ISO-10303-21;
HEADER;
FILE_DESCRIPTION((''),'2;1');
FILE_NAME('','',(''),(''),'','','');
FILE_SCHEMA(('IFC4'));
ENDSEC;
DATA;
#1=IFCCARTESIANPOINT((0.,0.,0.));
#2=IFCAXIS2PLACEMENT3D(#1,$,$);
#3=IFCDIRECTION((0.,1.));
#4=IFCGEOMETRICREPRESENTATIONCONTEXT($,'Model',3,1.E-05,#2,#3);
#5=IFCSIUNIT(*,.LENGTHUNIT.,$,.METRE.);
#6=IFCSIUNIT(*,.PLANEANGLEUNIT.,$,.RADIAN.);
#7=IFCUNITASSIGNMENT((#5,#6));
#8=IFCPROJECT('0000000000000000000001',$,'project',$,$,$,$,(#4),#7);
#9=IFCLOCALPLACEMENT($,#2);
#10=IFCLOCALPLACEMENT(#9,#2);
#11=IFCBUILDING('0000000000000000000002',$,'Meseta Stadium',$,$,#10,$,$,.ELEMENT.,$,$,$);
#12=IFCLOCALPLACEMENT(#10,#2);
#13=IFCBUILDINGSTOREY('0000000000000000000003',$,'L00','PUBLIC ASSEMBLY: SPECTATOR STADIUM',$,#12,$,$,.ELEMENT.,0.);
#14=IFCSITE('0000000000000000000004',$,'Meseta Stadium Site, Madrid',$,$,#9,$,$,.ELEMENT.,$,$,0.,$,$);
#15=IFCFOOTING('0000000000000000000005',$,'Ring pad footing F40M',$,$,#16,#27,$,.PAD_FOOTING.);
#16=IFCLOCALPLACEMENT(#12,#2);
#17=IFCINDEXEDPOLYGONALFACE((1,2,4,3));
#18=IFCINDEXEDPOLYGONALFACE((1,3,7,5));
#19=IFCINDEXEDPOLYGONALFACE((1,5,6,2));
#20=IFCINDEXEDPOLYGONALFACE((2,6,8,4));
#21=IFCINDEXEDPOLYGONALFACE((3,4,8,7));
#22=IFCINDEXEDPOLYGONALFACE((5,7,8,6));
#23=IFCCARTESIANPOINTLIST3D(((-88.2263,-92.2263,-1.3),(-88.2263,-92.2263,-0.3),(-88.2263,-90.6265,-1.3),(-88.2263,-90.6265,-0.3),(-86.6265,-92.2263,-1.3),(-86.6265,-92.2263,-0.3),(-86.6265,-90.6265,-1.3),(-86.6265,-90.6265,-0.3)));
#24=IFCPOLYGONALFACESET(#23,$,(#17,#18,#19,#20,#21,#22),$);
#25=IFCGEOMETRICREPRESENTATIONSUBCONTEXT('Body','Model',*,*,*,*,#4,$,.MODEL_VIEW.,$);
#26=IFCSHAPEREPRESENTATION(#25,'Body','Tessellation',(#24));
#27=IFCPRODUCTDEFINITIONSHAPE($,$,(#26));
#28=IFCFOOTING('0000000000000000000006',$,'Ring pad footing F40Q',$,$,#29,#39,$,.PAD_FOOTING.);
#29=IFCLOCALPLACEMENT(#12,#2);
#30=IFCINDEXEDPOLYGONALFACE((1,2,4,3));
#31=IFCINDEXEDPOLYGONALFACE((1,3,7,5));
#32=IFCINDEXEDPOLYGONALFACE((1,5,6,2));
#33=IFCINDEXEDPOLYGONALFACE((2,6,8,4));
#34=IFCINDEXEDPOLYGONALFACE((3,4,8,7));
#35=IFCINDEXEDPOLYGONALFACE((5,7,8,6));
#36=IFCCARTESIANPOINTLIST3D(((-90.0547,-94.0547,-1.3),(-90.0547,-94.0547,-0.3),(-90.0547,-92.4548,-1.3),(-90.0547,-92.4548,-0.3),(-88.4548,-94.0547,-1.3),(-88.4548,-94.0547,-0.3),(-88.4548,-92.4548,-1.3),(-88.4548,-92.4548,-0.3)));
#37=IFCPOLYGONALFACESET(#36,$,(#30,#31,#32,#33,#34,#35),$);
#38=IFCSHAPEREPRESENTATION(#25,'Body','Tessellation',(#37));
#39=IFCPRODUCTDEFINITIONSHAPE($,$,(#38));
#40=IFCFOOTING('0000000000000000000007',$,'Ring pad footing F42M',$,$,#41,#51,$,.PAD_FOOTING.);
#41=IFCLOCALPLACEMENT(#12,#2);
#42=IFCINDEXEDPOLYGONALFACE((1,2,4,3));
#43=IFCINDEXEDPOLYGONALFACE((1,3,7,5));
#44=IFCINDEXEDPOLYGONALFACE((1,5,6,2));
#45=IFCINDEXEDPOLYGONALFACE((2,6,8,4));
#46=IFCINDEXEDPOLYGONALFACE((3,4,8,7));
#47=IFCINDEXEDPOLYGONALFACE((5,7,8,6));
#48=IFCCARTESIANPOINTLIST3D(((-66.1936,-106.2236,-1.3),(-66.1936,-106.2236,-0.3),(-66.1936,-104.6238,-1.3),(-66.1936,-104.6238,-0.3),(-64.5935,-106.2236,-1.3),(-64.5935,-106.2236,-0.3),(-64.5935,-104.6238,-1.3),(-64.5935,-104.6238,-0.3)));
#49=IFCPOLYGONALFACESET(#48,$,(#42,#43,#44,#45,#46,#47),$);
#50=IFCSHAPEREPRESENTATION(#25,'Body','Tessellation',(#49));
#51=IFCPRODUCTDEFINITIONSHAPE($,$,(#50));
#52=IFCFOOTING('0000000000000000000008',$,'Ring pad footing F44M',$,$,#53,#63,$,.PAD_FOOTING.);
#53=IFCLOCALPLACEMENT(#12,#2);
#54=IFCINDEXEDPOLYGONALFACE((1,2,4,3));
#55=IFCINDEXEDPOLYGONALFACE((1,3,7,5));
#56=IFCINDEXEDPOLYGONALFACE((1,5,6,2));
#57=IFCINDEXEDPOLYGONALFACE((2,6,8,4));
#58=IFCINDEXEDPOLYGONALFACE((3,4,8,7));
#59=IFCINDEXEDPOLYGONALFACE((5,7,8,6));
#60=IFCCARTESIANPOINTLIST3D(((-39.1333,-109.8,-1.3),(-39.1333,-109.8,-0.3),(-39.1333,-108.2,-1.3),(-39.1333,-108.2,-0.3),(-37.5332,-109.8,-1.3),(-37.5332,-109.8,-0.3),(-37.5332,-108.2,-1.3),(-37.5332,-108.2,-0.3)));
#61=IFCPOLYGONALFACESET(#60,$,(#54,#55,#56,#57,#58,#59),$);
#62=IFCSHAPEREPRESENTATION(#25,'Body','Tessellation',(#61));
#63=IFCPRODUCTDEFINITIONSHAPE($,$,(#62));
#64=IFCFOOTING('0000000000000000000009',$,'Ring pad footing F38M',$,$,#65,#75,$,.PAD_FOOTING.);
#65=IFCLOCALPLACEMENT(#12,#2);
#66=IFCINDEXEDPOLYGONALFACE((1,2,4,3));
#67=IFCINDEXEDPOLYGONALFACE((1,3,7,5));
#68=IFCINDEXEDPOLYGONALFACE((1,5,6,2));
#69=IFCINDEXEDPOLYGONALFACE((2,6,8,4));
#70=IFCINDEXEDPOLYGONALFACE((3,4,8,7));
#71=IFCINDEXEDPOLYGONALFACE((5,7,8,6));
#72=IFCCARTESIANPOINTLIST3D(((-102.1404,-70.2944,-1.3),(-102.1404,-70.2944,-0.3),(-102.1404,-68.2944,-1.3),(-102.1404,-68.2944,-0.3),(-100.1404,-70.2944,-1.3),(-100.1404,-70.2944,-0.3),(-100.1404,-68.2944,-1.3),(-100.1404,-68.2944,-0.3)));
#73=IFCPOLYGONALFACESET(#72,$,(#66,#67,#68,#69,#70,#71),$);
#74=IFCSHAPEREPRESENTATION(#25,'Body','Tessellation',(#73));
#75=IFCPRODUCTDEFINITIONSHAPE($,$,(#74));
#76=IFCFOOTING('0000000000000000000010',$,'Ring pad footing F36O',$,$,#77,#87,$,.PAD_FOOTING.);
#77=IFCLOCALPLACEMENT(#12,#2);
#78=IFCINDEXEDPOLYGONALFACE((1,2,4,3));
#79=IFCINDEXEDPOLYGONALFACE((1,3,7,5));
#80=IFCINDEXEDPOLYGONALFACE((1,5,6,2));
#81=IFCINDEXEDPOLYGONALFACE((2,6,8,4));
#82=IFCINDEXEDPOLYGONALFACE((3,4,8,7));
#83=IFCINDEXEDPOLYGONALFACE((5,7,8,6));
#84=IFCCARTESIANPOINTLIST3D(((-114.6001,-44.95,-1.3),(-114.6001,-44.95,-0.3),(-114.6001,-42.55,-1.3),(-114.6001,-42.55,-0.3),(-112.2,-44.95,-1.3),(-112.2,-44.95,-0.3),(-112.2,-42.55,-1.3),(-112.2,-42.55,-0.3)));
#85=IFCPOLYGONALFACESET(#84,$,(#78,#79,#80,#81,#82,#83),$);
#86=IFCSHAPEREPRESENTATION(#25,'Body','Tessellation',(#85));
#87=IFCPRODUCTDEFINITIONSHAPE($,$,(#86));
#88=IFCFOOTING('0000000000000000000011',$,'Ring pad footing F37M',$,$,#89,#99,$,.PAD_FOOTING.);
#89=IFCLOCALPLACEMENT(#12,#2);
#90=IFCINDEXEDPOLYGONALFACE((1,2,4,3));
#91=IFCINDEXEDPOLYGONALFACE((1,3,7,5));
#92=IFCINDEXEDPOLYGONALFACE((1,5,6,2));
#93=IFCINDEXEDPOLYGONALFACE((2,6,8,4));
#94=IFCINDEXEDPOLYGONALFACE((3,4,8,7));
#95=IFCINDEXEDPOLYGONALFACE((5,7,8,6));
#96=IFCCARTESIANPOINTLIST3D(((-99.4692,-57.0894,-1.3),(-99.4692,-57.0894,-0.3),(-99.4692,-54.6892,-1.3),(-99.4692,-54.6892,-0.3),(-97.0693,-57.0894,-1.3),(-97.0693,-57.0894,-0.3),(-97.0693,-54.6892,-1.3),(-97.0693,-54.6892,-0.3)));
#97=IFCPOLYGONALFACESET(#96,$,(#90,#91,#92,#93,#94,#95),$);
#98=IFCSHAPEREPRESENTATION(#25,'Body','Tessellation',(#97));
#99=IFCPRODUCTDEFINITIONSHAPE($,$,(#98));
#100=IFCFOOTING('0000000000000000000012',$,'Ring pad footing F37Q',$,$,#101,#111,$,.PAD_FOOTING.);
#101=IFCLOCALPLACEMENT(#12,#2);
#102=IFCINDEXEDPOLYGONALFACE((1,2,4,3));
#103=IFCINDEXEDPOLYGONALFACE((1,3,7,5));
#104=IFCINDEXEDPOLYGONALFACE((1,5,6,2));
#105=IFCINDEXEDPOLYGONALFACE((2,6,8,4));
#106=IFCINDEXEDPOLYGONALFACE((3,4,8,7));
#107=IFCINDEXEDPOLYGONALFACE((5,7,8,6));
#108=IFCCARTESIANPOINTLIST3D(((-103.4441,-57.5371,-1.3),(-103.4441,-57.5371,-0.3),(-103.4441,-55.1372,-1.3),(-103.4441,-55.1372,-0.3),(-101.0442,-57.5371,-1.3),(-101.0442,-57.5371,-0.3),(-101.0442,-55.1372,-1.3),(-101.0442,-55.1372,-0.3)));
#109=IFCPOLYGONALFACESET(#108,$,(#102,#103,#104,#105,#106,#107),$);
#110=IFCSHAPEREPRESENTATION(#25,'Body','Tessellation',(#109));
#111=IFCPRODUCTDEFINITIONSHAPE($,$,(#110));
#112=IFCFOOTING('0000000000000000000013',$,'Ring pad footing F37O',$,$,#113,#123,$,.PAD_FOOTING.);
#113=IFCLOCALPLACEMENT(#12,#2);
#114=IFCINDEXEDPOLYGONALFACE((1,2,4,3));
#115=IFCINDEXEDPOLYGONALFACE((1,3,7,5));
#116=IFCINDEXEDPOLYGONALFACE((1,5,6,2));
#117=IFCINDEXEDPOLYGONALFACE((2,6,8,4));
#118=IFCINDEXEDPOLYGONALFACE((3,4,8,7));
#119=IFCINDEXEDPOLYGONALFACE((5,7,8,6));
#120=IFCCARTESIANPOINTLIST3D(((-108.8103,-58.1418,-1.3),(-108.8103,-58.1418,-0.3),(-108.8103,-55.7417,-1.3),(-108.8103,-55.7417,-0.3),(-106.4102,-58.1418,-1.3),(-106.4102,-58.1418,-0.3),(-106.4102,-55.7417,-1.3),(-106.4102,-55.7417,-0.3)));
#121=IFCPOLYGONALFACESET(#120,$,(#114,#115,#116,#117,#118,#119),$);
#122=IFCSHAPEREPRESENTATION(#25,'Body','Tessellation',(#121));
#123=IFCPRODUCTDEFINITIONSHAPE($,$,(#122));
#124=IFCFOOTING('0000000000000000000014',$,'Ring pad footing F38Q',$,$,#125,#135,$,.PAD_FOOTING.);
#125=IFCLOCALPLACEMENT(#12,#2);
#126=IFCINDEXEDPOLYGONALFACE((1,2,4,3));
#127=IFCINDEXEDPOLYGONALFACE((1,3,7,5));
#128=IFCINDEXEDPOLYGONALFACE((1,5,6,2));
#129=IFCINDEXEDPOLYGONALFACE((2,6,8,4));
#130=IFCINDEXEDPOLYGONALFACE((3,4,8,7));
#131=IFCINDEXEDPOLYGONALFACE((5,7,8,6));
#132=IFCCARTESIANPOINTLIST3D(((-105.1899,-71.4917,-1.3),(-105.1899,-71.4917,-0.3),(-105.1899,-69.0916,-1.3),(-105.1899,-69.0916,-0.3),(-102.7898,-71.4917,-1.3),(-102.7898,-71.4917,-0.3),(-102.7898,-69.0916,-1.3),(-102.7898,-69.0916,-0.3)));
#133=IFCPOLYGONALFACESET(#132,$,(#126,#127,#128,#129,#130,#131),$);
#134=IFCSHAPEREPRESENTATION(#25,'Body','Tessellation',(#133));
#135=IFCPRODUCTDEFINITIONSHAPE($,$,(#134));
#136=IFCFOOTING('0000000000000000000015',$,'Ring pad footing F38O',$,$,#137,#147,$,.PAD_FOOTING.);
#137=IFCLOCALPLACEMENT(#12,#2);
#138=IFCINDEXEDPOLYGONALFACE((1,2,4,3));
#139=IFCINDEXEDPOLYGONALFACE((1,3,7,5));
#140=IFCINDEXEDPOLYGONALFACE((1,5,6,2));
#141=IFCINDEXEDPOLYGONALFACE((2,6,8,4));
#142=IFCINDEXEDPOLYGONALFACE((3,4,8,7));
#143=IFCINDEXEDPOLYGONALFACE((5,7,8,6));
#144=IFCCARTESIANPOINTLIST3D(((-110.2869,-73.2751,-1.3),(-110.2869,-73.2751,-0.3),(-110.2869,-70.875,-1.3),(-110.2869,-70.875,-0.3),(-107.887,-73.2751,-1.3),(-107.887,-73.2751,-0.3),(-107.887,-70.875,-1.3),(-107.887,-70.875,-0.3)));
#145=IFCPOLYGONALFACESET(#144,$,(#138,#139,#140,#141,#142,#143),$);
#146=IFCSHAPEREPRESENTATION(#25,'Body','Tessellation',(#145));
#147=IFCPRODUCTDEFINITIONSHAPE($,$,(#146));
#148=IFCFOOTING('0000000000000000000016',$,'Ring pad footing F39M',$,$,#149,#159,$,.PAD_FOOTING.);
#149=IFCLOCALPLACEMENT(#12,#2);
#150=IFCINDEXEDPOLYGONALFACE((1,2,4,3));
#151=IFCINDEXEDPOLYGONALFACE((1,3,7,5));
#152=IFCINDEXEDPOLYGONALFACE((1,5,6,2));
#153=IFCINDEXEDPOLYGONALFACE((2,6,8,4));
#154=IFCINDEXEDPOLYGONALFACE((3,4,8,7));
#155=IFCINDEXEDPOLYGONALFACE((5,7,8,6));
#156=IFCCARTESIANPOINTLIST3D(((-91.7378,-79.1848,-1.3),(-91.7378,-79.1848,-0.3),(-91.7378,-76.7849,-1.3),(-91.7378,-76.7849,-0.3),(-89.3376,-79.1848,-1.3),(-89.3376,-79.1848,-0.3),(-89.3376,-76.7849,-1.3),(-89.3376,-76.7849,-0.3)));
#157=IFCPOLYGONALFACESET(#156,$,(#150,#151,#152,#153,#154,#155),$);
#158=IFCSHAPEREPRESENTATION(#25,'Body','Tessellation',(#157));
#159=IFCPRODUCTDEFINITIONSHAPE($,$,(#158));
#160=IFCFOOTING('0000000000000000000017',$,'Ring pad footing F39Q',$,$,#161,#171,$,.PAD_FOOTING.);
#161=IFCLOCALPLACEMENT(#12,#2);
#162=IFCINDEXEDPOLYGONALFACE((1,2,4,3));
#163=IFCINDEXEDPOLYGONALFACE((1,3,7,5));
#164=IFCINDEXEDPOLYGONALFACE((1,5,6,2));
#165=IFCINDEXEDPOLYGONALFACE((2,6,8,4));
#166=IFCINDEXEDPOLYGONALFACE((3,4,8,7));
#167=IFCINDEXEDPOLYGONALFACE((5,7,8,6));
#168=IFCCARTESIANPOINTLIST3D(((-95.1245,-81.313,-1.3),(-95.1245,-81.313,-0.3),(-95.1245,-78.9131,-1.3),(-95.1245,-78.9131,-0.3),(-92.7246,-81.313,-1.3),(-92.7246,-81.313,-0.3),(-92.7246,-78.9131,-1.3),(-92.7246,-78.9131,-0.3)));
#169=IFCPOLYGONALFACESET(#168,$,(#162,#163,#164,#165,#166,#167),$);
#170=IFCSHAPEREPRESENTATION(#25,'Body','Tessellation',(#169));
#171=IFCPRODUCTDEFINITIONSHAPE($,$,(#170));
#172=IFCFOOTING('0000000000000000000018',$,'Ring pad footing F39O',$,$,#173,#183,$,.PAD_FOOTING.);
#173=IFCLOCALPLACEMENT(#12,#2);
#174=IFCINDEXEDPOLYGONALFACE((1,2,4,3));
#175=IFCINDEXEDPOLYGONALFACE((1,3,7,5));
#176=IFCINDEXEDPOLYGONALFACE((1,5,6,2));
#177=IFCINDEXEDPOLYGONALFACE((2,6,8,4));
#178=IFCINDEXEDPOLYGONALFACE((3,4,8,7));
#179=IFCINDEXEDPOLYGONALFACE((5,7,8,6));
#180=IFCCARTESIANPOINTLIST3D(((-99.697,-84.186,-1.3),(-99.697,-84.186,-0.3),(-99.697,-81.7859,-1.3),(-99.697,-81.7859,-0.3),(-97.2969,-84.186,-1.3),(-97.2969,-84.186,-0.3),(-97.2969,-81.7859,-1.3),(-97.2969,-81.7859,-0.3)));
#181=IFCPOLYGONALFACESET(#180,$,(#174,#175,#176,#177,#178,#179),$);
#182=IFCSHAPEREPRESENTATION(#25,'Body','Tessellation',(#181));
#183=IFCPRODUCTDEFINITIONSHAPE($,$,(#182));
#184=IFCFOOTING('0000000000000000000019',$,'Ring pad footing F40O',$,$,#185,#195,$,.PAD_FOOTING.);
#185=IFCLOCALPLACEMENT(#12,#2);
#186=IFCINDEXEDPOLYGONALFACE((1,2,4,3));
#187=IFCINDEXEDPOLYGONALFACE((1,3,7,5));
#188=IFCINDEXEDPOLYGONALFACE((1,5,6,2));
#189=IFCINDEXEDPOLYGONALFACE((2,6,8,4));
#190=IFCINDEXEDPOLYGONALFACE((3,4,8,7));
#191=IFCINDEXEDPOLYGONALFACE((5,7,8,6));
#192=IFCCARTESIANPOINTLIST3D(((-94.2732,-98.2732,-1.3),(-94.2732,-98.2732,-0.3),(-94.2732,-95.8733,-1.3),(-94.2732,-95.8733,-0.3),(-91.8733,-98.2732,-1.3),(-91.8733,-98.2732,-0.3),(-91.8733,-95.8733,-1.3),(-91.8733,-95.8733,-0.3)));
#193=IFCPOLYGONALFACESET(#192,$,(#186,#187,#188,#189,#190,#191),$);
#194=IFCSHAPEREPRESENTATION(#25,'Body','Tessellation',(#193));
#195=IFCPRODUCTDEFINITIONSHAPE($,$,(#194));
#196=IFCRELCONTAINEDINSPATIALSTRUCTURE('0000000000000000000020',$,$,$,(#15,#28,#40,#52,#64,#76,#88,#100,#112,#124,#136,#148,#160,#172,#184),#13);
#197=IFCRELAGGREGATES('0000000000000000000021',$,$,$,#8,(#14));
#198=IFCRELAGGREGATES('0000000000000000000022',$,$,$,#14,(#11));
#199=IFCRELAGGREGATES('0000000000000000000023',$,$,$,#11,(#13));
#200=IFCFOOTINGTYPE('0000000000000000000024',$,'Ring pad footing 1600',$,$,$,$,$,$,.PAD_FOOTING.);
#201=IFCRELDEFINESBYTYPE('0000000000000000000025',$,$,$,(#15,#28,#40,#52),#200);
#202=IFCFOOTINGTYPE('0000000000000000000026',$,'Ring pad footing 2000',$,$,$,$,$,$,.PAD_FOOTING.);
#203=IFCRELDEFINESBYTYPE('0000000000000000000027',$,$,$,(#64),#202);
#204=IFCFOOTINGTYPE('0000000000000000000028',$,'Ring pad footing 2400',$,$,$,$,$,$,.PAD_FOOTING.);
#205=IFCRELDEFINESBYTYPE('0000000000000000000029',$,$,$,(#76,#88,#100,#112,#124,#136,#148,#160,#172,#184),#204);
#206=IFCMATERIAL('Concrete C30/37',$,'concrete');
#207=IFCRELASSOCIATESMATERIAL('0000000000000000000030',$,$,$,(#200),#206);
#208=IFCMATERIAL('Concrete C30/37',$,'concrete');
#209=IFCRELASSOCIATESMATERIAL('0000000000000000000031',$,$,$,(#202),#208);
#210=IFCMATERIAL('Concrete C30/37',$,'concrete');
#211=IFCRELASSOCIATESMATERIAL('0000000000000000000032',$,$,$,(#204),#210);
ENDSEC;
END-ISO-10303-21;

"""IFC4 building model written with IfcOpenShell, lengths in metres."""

from ifc_helpers import new_model, si_unit, direction, frame, origin, place, context, subcontext, project, spatial, polyline, outline, extrude, material, type_object, element, save


model = new_model("IFC4")

# Units and contexts
model_context = context("Model", 3, precision=1e-05, world=origin(), true_north=direction((0.0, 1.0)))
body_context = subcontext(model_context, "Body", "Model", "MODEL_VIEW")
ifc_project = project(units=[si_unit("LENGTHUNIT", "METRE"), si_unit("PLANEANGLEUNIT", "RADIAN")], contexts=[model_context])

# Site, building, storey
site_placement = place(None, origin())
site = spatial("IfcSite", under=ifc_project, at=site_placement, Name="Meseta Stadium Site, Madrid", CompositionType="ELEMENT", RefElevation=0.0)
building_placement = place(site_placement, origin())
building = spatial("IfcBuilding", under=site, at=building_placement, Name="Meseta Stadium", CompositionType="ELEMENT")
storey_placement = place(building_placement, origin())
storey = spatial("IfcBuildingStorey", under=building, at=storey_placement, Name="L00", Description="PUBLIC ASSEMBLY: SPECTATOR STADIUM", CompositionType="ELEMENT", Elevation=0.0)

# Footings
ifc_material_1 = material(Name="Concrete C30/37", Category="concrete")
footing_type_1 = type_object("IfcFootingType", Name="Ring pad footing 1600", PredefinedType="PAD_FOOTING", material=ifc_material_1)
footing_1_placement = place(storey_placement, frame((0.0, 0.0, -1.3)))
element("IfcFooting", 1, at=footing_1_placement, inside=storey, type_object=footing_type_1, Name="Ring pad footing F40M", PredefinedType="PAD_FOOTING", context=body_context, shape_type="SweptSolid", body=[
    extrude(outline(polyline([(-86.6265, -92.2263), (-86.6265, -90.6265), (-88.2263, -90.6265), (-88.2263, -92.2263), (-86.6265, -92.2263)])), origin(), (0.0, 0.0, 1.0), 1.0),
])
footing_2_placement = place(storey_placement, frame((0.0, 0.0, -1.3)))
element("IfcFooting", 2, at=footing_2_placement, inside=storey, type_object=footing_type_1, Name="Ring pad footing F40Q", PredefinedType="PAD_FOOTING", context=body_context, shape_type="SweptSolid", body=[
    extrude(outline(polyline([(-88.4548, -94.0547), (-88.4548, -92.4548), (-90.0547, -92.4548), (-90.0547, -94.0547), (-88.4548, -94.0547)])), origin(), (0.0, 0.0, 1.0), 1.0),
])
footing_3_placement = place(storey_placement, frame((0.0, 0.0, -1.3)))
element("IfcFooting", 3, at=footing_3_placement, inside=storey, type_object=footing_type_1, Name="Ring pad footing F42M", PredefinedType="PAD_FOOTING", context=body_context, shape_type="SweptSolid", body=[
    extrude(outline(polyline([(-64.5935, -106.2236), (-64.5935, -104.6238), (-66.1936, -104.6238), (-66.1936, -106.2236), (-64.5935, -106.2236)])), origin(), (0.0, 0.0, 1.0), 1.0),
])
footing_4_placement = place(storey_placement, frame((0.0, 0.0, -1.3)))
element("IfcFooting", 4, at=footing_4_placement, inside=storey, type_object=footing_type_1, Name="Ring pad footing F44M", PredefinedType="PAD_FOOTING", context=body_context, shape_type="SweptSolid", body=[
    extrude(outline(polyline([(-37.5332, -109.8), (-37.5332, -108.2), (-39.1333, -108.2), (-39.1333, -109.8), (-37.5332, -109.8)])), origin(), (0.0, 0.0, 1.0), 1.0),
])
ifc_material_2 = material(Name="Concrete C30/37", Category="concrete")
footing_type_2 = type_object("IfcFootingType", Name="Ring pad footing 2000", PredefinedType="PAD_FOOTING", material=ifc_material_2)
footing_5_placement = place(storey_placement, frame((0.0, 0.0, -1.3)))
element("IfcFooting", 5, at=footing_5_placement, inside=storey, type_object=footing_type_2, Name="Ring pad footing F38M", PredefinedType="PAD_FOOTING", context=body_context, shape_type="SweptSolid", body=[
    extrude(outline(polyline([(-100.1404, -70.2944), (-100.1404, -68.2944), (-102.1404, -68.2944), (-102.1404, -70.2944), (-100.1404, -70.2944)])), origin(), (0.0, 0.0, 1.0), 1.0),
])
ifc_material_3 = material(Name="Concrete C30/37", Category="concrete")
footing_type_3 = type_object("IfcFootingType", Name="Ring pad footing 2400", PredefinedType="PAD_FOOTING", material=ifc_material_3)
footing_6_placement = place(storey_placement, frame((0.0, 0.0, -1.3)))
element("IfcFooting", 6, at=footing_6_placement, inside=storey, type_object=footing_type_3, Name="Ring pad footing F36O", PredefinedType="PAD_FOOTING", context=body_context, shape_type="SweptSolid", body=[
    extrude(outline(polyline([(-112.2, -44.95), (-112.2, -42.55), (-114.6001, -42.55), (-114.6001, -44.95), (-112.2, -44.95)])), origin(), (0.0, 0.0, 1.0), 1.0),
])
footing_7_placement = place(storey_placement, frame((0.0, 0.0, -1.3)))
element("IfcFooting", 7, at=footing_7_placement, inside=storey, type_object=footing_type_3, Name="Ring pad footing F37M", PredefinedType="PAD_FOOTING", context=body_context, shape_type="SweptSolid", body=[
    extrude(outline(polyline([(-97.0693, -57.0894), (-97.0693, -54.6892), (-99.4692, -54.6892), (-99.4692, -57.0894), (-97.0693, -57.0894)])), origin(), (0.0, 0.0, 1.0), 1.0),
])
footing_8_placement = place(storey_placement, frame((0.0, 0.0, -1.3)))
element("IfcFooting", 8, at=footing_8_placement, inside=storey, type_object=footing_type_3, Name="Ring pad footing F37Q", PredefinedType="PAD_FOOTING", context=body_context, shape_type="SweptSolid", body=[
    extrude(outline(polyline([(-101.0442, -57.5371), (-101.0442, -55.1372), (-103.4441, -55.1372), (-103.4441, -57.5371), (-101.0442, -57.5371)])), origin(), (0.0, 0.0, 1.0), 1.0),
])
footing_9_placement = place(storey_placement, frame((0.0, 0.0, -1.3)))
element("IfcFooting", 9, at=footing_9_placement, inside=storey, type_object=footing_type_3, Name="Ring pad footing F37O", PredefinedType="PAD_FOOTING", context=body_context, shape_type="SweptSolid", body=[
    extrude(outline(polyline([(-106.4102, -58.1418), (-106.4102, -55.7417), (-108.8103, -55.7417), (-108.8103, -58.1418), (-106.4102, -58.1418)])), origin(), (0.0, 0.0, 1.0), 1.0),
])
footing_10_placement = place(storey_placement, frame((0.0, 0.0, -1.3)))
element("IfcFooting", 10, at=footing_10_placement, inside=storey, type_object=footing_type_3, Name="Ring pad footing F38Q", PredefinedType="PAD_FOOTING", context=body_context, shape_type="SweptSolid", body=[
    extrude(outline(polyline([(-102.7898, -71.4917), (-102.7898, -69.0916), (-105.1899, -69.0916), (-105.1899, -71.4917), (-102.7898, -71.4917)])), origin(), (0.0, 0.0, 1.0), 1.0),
])
footing_11_placement = place(storey_placement, frame((0.0, 0.0, -1.3)))
element("IfcFooting", 11, at=footing_11_placement, inside=storey, type_object=footing_type_3, Name="Ring pad footing F38O", PredefinedType="PAD_FOOTING", context=body_context, shape_type="SweptSolid", body=[
    extrude(outline(polyline([(-107.887, -73.2751), (-107.887, -70.875), (-110.2869, -70.875), (-110.2869, -73.2751), (-107.887, -73.2751)])), origin(), (0.0, 0.0, 1.0), 1.0),
])
footing_12_placement = place(storey_placement, frame((0.0, 0.0, -1.3)))
element("IfcFooting", 12, at=footing_12_placement, inside=storey, type_object=footing_type_3, Name="Ring pad footing F39M", PredefinedType="PAD_FOOTING", context=body_context, shape_type="SweptSolid", body=[
    extrude(outline(polyline([(-89.3376, -79.1848), (-89.3376, -76.7849), (-91.7378, -76.7849), (-91.7378, -79.1848), (-89.3376, -79.1848)])), origin(), (0.0, 0.0, 1.0), 1.0),
])
footing_13_placement = place(storey_placement, frame((0.0, 0.0, -1.3)))
element("IfcFooting", 13, at=footing_13_placement, inside=storey, type_object=footing_type_3, Name="Ring pad footing F39Q", PredefinedType="PAD_FOOTING", context=body_context, shape_type="SweptSolid", body=[
    extrude(outline(polyline([(-92.7246, -81.313), (-92.7246, -78.9131), (-95.1245, -78.9131), (-95.1245, -81.313), (-92.7246, -81.313)])), origin(), (0.0, 0.0, 1.0), 1.0),
])
footing_14_placement = place(storey_placement, frame((0.0, 0.0, -1.3)))
element("IfcFooting", 14, at=footing_14_placement, inside=storey, type_object=footing_type_3, Name="Ring pad footing F39O", PredefinedType="PAD_FOOTING", context=body_context, shape_type="SweptSolid", body=[
    extrude(outline(polyline([(-97.2969, -84.186), (-97.2969, -81.7859), (-99.697, -81.7859), (-99.697, -84.186), (-97.2969, -84.186)])), origin(), (0.0, 0.0, 1.0), 1.0),
])
footing_15_placement = place(storey_placement, frame((0.0, 0.0, -1.3)))
element("IfcFooting", 15, at=footing_15_placement, inside=storey, type_object=footing_type_3, Name="Ring pad footing F40O", PredefinedType="PAD_FOOTING", context=body_context, shape_type="SweptSolid", body=[
    extrude(outline(polyline([(-91.8733, -98.2732), (-91.8733, -95.8733), (-94.2732, -95.8733), (-94.2732, -98.2732), (-91.8733, -98.2732)])), origin(), (0.0, 0.0, 1.0), 1.0),
])

save(model, "model.ifc")
